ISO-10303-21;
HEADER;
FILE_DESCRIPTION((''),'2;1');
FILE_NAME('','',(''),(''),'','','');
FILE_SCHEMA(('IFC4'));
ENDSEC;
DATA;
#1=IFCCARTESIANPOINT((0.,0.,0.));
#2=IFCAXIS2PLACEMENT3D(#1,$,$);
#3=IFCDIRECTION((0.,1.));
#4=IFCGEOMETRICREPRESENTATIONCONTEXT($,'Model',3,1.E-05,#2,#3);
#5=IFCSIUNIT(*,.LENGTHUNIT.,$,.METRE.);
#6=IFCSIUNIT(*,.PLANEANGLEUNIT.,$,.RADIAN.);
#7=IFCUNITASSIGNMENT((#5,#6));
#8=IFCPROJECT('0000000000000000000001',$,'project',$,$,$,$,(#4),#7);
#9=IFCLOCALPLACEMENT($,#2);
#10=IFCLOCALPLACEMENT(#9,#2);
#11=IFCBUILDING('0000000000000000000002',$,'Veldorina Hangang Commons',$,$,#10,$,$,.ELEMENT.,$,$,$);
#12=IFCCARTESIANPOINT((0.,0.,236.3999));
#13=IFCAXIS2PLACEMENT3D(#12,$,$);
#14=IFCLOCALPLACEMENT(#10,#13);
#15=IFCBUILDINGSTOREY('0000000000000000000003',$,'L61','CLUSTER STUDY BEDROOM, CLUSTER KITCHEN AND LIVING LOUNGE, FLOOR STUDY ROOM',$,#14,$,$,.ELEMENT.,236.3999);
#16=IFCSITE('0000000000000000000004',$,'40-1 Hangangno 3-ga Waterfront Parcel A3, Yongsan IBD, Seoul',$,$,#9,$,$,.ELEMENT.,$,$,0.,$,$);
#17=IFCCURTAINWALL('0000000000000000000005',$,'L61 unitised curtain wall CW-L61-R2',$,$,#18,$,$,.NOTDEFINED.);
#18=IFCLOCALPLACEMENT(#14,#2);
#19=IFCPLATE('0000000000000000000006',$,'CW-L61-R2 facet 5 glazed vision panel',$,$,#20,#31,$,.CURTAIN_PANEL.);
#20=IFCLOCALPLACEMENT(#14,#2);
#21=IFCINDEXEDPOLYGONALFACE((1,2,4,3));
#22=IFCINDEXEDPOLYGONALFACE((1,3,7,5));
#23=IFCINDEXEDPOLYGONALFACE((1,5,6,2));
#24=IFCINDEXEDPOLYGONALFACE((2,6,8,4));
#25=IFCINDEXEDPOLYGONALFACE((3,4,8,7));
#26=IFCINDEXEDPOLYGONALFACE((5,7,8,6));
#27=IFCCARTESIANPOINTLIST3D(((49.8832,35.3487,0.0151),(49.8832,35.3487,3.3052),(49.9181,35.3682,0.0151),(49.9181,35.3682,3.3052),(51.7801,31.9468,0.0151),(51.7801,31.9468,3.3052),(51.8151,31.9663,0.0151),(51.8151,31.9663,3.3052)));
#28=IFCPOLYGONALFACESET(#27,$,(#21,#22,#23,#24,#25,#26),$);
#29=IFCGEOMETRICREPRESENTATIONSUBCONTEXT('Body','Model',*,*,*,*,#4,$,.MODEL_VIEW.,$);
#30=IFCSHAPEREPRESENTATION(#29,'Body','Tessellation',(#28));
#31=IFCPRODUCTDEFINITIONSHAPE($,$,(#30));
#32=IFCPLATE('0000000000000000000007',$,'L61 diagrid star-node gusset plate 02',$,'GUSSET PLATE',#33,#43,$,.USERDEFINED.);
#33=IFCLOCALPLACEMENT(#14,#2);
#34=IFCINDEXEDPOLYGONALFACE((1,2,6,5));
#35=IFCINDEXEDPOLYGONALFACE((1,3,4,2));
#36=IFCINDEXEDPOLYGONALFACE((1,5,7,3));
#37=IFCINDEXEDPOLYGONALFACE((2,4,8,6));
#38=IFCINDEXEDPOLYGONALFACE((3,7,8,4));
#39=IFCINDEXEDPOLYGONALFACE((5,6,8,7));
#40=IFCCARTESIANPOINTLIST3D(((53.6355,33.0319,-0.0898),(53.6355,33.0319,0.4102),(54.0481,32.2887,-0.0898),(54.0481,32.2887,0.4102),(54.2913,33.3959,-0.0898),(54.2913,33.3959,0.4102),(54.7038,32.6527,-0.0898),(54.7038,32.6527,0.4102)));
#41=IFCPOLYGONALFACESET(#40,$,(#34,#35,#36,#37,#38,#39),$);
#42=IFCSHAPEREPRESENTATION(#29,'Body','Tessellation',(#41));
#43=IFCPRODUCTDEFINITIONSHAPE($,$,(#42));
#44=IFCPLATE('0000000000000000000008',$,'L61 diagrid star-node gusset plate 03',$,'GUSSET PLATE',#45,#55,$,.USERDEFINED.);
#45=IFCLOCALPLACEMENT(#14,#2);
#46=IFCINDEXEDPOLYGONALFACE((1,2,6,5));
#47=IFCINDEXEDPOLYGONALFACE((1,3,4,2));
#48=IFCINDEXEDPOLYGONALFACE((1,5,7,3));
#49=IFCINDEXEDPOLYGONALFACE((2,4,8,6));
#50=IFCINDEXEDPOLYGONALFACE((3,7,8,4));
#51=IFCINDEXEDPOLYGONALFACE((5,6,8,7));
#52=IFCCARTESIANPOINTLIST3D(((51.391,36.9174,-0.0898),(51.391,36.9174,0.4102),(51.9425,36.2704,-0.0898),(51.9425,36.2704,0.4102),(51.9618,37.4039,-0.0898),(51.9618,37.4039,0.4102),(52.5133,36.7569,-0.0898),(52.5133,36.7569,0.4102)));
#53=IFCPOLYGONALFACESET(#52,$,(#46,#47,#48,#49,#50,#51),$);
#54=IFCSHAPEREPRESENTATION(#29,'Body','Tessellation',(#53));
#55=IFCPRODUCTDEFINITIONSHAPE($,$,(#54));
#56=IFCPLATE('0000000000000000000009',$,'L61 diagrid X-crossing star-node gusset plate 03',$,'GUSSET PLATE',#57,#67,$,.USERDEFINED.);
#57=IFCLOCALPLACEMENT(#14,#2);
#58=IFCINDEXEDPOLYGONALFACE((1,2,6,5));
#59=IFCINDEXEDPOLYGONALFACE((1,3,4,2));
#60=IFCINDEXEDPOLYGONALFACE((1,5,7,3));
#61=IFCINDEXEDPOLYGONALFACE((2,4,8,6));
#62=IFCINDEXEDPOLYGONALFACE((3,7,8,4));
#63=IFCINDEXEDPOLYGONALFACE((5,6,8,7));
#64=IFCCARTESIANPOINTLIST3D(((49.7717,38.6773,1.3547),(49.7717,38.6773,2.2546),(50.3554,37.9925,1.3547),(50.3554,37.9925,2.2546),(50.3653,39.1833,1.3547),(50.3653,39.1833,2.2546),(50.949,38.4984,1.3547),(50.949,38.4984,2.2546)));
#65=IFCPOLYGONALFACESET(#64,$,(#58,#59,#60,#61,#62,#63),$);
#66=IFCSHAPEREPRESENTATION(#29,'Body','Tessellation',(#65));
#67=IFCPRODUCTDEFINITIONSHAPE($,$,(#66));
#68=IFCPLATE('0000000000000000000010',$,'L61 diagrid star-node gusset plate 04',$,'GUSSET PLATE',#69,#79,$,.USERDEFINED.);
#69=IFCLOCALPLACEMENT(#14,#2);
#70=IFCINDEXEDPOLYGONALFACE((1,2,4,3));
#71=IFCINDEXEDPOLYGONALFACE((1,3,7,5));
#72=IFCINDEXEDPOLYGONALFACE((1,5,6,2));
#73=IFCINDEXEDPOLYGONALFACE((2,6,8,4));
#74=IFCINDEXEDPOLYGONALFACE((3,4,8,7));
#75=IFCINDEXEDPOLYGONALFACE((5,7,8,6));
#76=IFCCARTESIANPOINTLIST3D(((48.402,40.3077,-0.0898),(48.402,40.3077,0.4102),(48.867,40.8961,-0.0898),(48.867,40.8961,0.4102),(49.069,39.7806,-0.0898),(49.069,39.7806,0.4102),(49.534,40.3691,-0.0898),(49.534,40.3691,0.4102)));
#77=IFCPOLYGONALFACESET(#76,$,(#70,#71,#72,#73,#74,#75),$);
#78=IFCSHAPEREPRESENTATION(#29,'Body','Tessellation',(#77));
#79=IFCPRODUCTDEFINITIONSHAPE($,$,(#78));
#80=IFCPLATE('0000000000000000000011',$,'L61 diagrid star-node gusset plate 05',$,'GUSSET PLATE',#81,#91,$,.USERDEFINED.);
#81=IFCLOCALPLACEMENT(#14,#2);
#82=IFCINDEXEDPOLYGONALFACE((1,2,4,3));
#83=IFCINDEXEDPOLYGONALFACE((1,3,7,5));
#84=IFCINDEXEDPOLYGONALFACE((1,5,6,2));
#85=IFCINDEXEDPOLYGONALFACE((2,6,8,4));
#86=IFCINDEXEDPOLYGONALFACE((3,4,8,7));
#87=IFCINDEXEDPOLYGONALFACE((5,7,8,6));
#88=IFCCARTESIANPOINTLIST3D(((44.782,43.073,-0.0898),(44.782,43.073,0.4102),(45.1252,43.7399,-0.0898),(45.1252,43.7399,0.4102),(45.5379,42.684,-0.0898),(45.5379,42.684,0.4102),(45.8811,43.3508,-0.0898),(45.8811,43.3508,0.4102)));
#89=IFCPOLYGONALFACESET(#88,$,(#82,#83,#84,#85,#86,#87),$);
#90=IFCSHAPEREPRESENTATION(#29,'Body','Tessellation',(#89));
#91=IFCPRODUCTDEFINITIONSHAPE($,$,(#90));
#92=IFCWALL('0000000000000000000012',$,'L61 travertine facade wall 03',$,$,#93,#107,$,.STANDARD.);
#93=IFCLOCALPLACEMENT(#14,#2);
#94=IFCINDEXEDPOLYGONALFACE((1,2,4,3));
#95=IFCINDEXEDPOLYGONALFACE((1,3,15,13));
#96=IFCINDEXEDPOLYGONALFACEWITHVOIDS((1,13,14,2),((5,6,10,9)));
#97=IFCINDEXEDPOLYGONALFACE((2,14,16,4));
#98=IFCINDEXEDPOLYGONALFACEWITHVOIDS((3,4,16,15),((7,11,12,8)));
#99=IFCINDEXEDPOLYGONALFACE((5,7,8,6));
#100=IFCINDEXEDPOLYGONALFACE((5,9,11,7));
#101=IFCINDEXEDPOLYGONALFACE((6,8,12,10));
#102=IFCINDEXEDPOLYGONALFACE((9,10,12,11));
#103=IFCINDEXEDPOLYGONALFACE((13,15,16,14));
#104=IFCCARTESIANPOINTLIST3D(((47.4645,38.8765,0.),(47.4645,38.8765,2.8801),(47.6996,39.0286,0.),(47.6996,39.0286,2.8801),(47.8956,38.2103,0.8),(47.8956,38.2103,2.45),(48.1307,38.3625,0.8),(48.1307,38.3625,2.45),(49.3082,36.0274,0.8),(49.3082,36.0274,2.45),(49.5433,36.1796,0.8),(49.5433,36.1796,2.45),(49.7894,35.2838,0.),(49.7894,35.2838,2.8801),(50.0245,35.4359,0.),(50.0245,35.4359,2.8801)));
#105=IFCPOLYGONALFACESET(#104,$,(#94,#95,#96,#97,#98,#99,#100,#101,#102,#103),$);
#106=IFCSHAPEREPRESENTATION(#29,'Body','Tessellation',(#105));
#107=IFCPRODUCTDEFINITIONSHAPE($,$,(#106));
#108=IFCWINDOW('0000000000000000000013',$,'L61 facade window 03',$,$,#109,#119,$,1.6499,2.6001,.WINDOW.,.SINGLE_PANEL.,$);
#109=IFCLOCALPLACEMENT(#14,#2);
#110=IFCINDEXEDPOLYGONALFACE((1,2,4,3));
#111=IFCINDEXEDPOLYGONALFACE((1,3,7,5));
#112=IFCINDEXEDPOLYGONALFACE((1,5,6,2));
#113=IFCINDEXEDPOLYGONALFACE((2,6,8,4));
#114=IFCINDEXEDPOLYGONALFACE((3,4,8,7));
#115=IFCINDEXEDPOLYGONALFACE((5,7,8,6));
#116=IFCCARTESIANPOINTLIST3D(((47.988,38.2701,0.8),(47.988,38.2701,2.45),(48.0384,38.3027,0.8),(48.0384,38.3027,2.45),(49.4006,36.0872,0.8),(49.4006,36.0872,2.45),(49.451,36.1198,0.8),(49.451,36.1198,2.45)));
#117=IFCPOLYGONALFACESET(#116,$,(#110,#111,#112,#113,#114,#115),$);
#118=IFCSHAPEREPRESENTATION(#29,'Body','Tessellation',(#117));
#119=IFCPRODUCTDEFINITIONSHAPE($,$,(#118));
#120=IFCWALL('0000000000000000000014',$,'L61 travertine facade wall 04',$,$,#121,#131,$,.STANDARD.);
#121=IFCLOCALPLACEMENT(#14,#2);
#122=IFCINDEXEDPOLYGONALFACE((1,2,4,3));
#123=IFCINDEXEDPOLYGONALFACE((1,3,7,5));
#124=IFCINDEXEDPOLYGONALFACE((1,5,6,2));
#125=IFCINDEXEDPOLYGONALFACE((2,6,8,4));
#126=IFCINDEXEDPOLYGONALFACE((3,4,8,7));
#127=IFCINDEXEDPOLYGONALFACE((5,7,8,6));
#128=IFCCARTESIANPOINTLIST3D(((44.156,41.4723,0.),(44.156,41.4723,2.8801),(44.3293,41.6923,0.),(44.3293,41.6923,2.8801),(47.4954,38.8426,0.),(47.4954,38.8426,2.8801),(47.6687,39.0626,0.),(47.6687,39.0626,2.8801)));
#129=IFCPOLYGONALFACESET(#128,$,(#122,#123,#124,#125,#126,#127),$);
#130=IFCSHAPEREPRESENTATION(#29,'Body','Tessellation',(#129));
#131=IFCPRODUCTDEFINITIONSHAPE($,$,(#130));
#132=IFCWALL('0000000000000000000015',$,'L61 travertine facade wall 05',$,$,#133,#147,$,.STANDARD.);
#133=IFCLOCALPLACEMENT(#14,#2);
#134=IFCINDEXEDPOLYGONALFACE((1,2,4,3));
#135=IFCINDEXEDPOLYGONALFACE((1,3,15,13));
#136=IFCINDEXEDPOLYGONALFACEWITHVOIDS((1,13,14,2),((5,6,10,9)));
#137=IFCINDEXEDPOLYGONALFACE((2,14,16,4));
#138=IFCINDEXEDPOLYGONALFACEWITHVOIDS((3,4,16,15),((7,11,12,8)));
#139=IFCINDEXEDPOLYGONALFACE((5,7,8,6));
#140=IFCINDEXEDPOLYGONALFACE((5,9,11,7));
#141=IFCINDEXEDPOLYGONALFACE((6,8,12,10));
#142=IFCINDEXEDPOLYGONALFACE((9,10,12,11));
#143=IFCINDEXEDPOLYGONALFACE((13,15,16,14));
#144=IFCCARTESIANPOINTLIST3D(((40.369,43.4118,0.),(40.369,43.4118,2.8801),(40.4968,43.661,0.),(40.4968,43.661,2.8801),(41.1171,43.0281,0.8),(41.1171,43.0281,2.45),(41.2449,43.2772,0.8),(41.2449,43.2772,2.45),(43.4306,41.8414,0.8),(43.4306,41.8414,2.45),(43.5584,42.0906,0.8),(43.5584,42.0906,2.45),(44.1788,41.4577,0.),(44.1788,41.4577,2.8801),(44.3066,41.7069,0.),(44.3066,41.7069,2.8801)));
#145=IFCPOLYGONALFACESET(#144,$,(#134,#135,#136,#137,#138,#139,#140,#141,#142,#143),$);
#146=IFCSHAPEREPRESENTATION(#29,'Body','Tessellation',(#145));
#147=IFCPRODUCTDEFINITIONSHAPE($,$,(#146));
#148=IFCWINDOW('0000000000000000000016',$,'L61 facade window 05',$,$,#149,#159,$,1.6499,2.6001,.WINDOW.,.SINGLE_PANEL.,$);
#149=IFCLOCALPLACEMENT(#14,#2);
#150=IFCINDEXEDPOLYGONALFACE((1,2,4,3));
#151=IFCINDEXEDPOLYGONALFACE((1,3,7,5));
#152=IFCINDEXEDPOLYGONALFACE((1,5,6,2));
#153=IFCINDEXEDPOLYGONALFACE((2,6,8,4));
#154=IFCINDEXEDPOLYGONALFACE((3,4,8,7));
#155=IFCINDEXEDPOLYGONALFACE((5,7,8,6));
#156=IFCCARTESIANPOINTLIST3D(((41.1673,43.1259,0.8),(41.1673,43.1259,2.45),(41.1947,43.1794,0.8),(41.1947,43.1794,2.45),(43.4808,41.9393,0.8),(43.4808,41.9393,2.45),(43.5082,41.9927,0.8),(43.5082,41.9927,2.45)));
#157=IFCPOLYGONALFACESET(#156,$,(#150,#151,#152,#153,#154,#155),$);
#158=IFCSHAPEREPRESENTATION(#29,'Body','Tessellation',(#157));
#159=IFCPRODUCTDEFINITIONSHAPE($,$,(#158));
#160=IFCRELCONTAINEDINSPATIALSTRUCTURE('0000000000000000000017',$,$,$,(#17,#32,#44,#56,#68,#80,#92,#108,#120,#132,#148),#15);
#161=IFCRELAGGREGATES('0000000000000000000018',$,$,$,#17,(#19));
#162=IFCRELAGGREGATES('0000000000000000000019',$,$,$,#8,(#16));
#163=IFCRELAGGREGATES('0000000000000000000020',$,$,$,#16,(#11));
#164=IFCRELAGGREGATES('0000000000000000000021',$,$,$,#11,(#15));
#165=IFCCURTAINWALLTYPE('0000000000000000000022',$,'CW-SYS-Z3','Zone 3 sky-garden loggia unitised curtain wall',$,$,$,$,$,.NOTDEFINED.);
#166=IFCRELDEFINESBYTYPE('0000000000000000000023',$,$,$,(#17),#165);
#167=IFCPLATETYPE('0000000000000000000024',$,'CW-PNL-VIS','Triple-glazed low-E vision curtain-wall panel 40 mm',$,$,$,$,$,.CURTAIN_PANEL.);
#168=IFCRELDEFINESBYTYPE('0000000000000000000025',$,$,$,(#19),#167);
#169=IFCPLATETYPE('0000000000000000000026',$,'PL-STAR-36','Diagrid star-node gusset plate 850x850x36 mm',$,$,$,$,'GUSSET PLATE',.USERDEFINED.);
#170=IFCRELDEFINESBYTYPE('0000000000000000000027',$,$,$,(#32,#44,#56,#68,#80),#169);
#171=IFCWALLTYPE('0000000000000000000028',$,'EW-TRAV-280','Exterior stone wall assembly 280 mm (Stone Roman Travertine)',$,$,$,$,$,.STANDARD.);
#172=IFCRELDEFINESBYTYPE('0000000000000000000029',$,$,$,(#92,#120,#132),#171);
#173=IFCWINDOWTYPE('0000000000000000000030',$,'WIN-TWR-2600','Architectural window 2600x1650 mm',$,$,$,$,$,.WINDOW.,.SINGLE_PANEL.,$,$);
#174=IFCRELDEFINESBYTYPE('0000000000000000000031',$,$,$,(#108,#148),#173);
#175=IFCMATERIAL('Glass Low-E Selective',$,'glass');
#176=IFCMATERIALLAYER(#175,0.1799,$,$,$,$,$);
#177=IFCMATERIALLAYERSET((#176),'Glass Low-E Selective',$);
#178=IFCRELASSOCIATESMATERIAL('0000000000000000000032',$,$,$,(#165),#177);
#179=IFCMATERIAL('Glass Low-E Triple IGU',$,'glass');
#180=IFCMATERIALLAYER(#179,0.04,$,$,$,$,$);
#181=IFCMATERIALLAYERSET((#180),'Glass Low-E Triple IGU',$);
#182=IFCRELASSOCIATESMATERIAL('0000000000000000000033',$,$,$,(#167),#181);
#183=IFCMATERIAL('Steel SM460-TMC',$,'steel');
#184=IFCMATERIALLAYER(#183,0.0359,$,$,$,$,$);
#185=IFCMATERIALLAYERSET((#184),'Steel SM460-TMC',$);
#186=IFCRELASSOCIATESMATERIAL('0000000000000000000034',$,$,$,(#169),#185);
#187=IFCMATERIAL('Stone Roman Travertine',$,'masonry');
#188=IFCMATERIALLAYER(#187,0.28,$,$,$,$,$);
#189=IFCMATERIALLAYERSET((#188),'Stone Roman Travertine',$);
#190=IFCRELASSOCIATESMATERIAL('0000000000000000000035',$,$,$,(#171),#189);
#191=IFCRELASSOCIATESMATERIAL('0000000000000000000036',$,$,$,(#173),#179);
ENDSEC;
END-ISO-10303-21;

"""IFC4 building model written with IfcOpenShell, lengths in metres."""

from ifc_helpers import new_model, si_unit, direction, frame, frame_2d, origin, origin_2d, place, context, subcontext, project, spatial, rectangle, extrude, material, layer, layer_set, type_object, element, fill, aggregate, save


model = new_model("IFC4")

# Units and contexts
model_context = context("Model", 3, precision=1e-05, world=origin(), true_north=direction((0.0, 1.0)))
body_context = subcontext(model_context, "Body", "Model", "MODEL_VIEW")
ifc_project = project(units=[si_unit("LENGTHUNIT", "METRE"), si_unit("PLANEANGLEUNIT", "RADIAN")], contexts=[model_context])

# Site, building, storey
site_placement = place(None, origin())
site = spatial("IfcSite", under=ifc_project, at=site_placement, Name="40-1 Hangangno 3-ga Waterfront Parcel A3, Yongsan IBD, Seoul", CompositionType="ELEMENT", RefElevation=0.0)
building_placement = place(site_placement, origin())
building = spatial("IfcBuilding", under=site, at=building_placement, Name="Veldorina Hangang Commons", CompositionType="ELEMENT")
storey_placement = place(building_placement, frame((0.0, 0.0, 236.3999)))
storey = spatial("IfcBuildingStorey", under=building, at=storey_placement, Name="L61", Description="CLUSTER STUDY BEDROOM, CLUSTER KITCHEN AND LIVING LOUNGE, FLOOR STUDY ROOM", CompositionType="ELEMENT", Elevation=236.3999)

# Curtain wall
ifc_material_1 = material(Name="Glass Low-E Selective", Category="glass")
ifc_layer_1 = layer(ifc_material_1, 0.1799)
ifc_layer_set_1 = layer_set([ifc_layer_1], Name="Glass Low-E Selective")
curtain_wall_type = type_object("IfcCurtainWallType", Name="CW-SYS-Z3", Description="Zone 3 sky-garden loggia unitised curtain wall", PredefinedType="NOTDEFINED", material=ifc_layer_set_1)
curtain_wall_placement = place(storey_placement, origin())
curtain_wall = element("IfcCurtainWall", 1, at=curtain_wall_placement, inside=storey, type_object=curtain_wall_type, Name="L61 unitised curtain wall CW-L61-R2", PredefinedType="NOTDEFINED")

# Plate
ifc_material_2 = material(Name="Glass Low-E Triple IGU", Category="glass")
ifc_layer_2 = layer(ifc_material_2, 0.04)
ifc_layer_set_2 = layer_set([ifc_layer_2], Name="Glass Low-E Triple IGU")
plate_type_1 = type_object("IfcPlateType", Name="CW-PNL-VIS", Description="Triple-glazed low-E vision curtain-wall panel 40 mm", PredefinedType="CURTAIN_PANEL", material=ifc_layer_set_2)
plate_1_placement = place(storey_placement, frame((50.8491, 33.6575, 0.0151), z_axis=(0.0, 0.0, 1.0), x_axis=(-0.487021, 0.87339, 0.0)))
plate_1 = element("IfcPlate", 2, at=plate_1_placement, type_object=plate_type_1, Name="CW-L61-R2 facet 5 glazed vision panel", PredefinedType="CURTAIN_PANEL", context=body_context, shape_type="SweptSolid", body=[
    extrude(rectangle(XDim=3.895, YDim=0.04, at=origin_2d()), origin(), (0.0, 0.0, 1.0), 3.29),
])
aggregate(curtain_wall, [plate_1])

# Plates
ifc_material_3 = material(Name="Steel SM460-TMC", Category="steel")
ifc_layer_3 = layer(ifc_material_3, 0.0359)
ifc_layer_set_3 = layer_set([ifc_layer_3], Name="Steel SM460-TMC")
plate_type_2 = type_object("IfcPlateType", Name="PL-STAR-36", Description="Diagrid star-node gusset plate 850x850x36 mm", ElementType="GUSSET PLATE", PredefinedType="USERDEFINED", material=ifc_layer_set_3)
for number, where, z_axis, x_axis, name in (
    (3, (54.1697, 32.8423, -0.0898), (0.0, 0.0, 1.0), (-0.485344, 0.874323, 0.0), "L61 diagrid star-node gusset plate 02"),
    (4, (51.9521, 36.8372, -0.0898), (0.0, 0.0, 1.0), (-0.648665, 0.761074, 0.0), "L61 diagrid star-node gusset plate 03"),
):
    element("IfcPlate", number, at=place(storey_placement, frame(where, z_axis=z_axis, x_axis=x_axis)), inside=storey, type_object=plate_type_2, Name=name, ObjectType="GUSSET PLATE", PredefinedType="USERDEFINED", context=body_context, shape_type="SweptSolid", body=[
        extrude(rectangle(XDim=0.8501, YDim=0.75, at=origin_2d()), origin(), (0.0, 0.0, 1.0), 0.5),
    ])
plate_2_placement = place(storey_placement, frame((50.3604, 38.5879, 1.3547), z_axis=(0.0, 0.0, 1.0), x_axis=(-0.648665, 0.761074, 0.0)))
element("IfcPlate", 5, at=plate_2_placement, inside=storey, type_object=plate_type_2, Name="L61 diagrid X-crossing star-node gusset plate 03", ObjectType="GUSSET PLATE", PredefinedType="USERDEFINED", context=body_context, shape_type="SweptSolid", body=[
    extrude(rectangle(XDim=0.8999, YDim=0.78, at=origin_2d()), origin(), (0.0, 0.0, 1.0), 0.8999),
])
for number, where, z_axis, x_axis, name in (
    (6, (48.968, 40.3384, -0.0898), (0.0, 0.0, 1.0), (-0.784592, 0.620012, 0.0), "L61 diagrid star-node gusset plate 04"),
    (7, (45.3315, 43.2119, -0.0898), (0.0, 0.0, 1.0), (-0.889137, 0.457641, 0.0), "L61 diagrid star-node gusset plate 05"),
):
    element("IfcPlate", number, at=place(storey_placement, frame(where, z_axis=z_axis, x_axis=x_axis)), inside=storey, type_object=plate_type_2, Name=name, ObjectType="GUSSET PLATE", PredefinedType="USERDEFINED", context=body_context, shape_type="SweptSolid", body=[
        extrude(rectangle(XDim=0.8501, YDim=0.75, at=origin_2d()), origin(), (0.0, 0.0, 1.0), 0.5),
    ])

# Wall, opening, window
ifc_material_4 = material(Name="Stone Roman Travertine", Category="masonry")
ifc_layer_4 = layer(ifc_material_4, 0.28)
ifc_layer_set_4 = layer_set([ifc_layer_4], Name="Stone Roman Travertine")
wall_type_1 = type_object("IfcWallType", Name="EW-TRAV-280", Description="Exterior stone wall assembly 280 mm (Stone Roman Travertine)", PredefinedType="STANDARD", material=ifc_layer_set_4)
wall_1_placement = place(storey_placement, frame((49.907, 35.3599, 0.0), z_axis=(0.0, 0.0, 1.0), x_axis=(-0.543287, 0.839547, 0.0)))
wall_1 = element("IfcWall", 8, at=wall_1_placement, inside=storey, type_object=wall_type_1, Name="L61 travertine facade wall 03", PredefinedType="STANDARD", context=body_context, shape_type="SweptSolid", body=[
    extrude(rectangle(XDim=4.2793, YDim=0.28, at=frame_2d((2.1396, 0.0))), origin(), (0.0, 0.0, 1.0), 2.8801),
])
opening_1_placement = place(wall_1_placement, frame((0.8857, 0.0, 0.8)))
opening_1 = element("IfcOpeningElement", 9, at=opening_1_placement, cuts=wall_1, PredefinedType="OPENING", context=body_context, shape_type="SweptSolid", body=[
    extrude(rectangle(XDim=2.6001, YDim=1.6499, at=frame_2d((1.3, 0.825))), frame((0.0, 0.1499, 0.0), z_axis=(0.0, -1.0, 0.0), x_axis=(1.0, 0.0, 0.0)), (0.0, 0.0, 1.0), 0.3),
])
window_type = type_object("IfcWindowType", Name="WIN-TWR-2600", Description="Architectural window 2600x1650 mm", PartitioningType="SINGLE_PANEL", PredefinedType="WINDOW", material=ifc_material_2)
window_1_placement = place(opening_1_placement, origin())
window_1 = element("IfcWindow", 10, at=window_1_placement, inside=storey, type_object=window_type, Name="L61 facade window 03", OverallHeight=1.6499, OverallWidth=2.6001, PartitioningType="SINGLE_PANEL", PredefinedType="WINDOW", context=body_context, shape_type="SweptSolid", body=[
    extrude(rectangle(XDim=2.6001, YDim=1.6499, at=frame_2d((1.3, 0.825))), frame((0.0, 0.03, 0.0), z_axis=(0.0, -1.0, 0.0), x_axis=(1.0, 0.0, 0.0)), (0.0, 0.0, 1.0), 0.0601),
])
fill(opening_1, window_1)

# Wall
wall_2_placement = place(storey_placement, frame((47.582, 38.9526, 0.0), z_axis=(0.0, 0.0, 1.0), x_axis=(-0.785648, 0.618674, 0.0)))
element("IfcWall", 11, at=wall_2_placement, inside=storey, type_object=wall_type_1, Name="L61 travertine facade wall 04", PredefinedType="STANDARD", context=body_context, shape_type="SweptSolid", body=[
    extrude(rectangle(XDim=4.2505, YDim=0.28, at=frame_2d((2.1252, 0.0))), origin(), (0.0, 0.0, 1.0), 2.8801),
])

# Wall, opening, window
wall_3_placement = place(storey_placement, frame((44.2427, 41.5823, 0.0), z_axis=(0.0, 0.0, 1.0), x_axis=(-0.889784, 0.456381, 0.0)))
wall_3 = element("IfcWall", 12, at=wall_3_placement, inside=storey, type_object=wall_type_1, Name="L61 travertine facade wall 05", PredefinedType="STANDARD", context=body_context, shape_type="SweptSolid", body=[
    extrude(rectangle(XDim=4.2817, YDim=0.28, at=frame_2d((2.1409, 0.0))), origin(), (0.0, 0.0, 1.0), 2.8801),
])
opening_2_placement = place(wall_3_placement, frame((0.8408, 0.0, 0.8)))
opening_2 = element("IfcOpeningElement", 13, at=opening_2_placement, cuts=wall_3, PredefinedType="OPENING", context=body_context, shape_type="SweptSolid", body=[
    extrude(rectangle(XDim=2.6001, YDim=1.6499, at=frame_2d((1.3, 0.825))), frame((0.0, 0.1499, 0.0), z_axis=(0.0, -1.0, 0.0), x_axis=(1.0, 0.0, 0.0)), (0.0, 0.0, 1.0), 0.3),
])
window_2_placement = place(opening_2_placement, origin())
window_2 = element("IfcWindow", 14, at=window_2_placement, inside=storey, type_object=window_type, Name="L61 facade window 05", OverallHeight=1.6499, OverallWidth=2.6001, PartitioningType="SINGLE_PANEL", PredefinedType="WINDOW", context=body_context, shape_type="SweptSolid", body=[
    extrude(rectangle(XDim=2.6001, YDim=1.6499, at=frame_2d((1.3, 0.825))), frame((0.0, 0.03, 0.0), z_axis=(0.0, -1.0, 0.0), x_axis=(1.0, 0.0, 0.0)), (0.0, 0.0, 1.0), 0.0601),
])
fill(opening_2, window_2)

save(model, "model.ifc")
